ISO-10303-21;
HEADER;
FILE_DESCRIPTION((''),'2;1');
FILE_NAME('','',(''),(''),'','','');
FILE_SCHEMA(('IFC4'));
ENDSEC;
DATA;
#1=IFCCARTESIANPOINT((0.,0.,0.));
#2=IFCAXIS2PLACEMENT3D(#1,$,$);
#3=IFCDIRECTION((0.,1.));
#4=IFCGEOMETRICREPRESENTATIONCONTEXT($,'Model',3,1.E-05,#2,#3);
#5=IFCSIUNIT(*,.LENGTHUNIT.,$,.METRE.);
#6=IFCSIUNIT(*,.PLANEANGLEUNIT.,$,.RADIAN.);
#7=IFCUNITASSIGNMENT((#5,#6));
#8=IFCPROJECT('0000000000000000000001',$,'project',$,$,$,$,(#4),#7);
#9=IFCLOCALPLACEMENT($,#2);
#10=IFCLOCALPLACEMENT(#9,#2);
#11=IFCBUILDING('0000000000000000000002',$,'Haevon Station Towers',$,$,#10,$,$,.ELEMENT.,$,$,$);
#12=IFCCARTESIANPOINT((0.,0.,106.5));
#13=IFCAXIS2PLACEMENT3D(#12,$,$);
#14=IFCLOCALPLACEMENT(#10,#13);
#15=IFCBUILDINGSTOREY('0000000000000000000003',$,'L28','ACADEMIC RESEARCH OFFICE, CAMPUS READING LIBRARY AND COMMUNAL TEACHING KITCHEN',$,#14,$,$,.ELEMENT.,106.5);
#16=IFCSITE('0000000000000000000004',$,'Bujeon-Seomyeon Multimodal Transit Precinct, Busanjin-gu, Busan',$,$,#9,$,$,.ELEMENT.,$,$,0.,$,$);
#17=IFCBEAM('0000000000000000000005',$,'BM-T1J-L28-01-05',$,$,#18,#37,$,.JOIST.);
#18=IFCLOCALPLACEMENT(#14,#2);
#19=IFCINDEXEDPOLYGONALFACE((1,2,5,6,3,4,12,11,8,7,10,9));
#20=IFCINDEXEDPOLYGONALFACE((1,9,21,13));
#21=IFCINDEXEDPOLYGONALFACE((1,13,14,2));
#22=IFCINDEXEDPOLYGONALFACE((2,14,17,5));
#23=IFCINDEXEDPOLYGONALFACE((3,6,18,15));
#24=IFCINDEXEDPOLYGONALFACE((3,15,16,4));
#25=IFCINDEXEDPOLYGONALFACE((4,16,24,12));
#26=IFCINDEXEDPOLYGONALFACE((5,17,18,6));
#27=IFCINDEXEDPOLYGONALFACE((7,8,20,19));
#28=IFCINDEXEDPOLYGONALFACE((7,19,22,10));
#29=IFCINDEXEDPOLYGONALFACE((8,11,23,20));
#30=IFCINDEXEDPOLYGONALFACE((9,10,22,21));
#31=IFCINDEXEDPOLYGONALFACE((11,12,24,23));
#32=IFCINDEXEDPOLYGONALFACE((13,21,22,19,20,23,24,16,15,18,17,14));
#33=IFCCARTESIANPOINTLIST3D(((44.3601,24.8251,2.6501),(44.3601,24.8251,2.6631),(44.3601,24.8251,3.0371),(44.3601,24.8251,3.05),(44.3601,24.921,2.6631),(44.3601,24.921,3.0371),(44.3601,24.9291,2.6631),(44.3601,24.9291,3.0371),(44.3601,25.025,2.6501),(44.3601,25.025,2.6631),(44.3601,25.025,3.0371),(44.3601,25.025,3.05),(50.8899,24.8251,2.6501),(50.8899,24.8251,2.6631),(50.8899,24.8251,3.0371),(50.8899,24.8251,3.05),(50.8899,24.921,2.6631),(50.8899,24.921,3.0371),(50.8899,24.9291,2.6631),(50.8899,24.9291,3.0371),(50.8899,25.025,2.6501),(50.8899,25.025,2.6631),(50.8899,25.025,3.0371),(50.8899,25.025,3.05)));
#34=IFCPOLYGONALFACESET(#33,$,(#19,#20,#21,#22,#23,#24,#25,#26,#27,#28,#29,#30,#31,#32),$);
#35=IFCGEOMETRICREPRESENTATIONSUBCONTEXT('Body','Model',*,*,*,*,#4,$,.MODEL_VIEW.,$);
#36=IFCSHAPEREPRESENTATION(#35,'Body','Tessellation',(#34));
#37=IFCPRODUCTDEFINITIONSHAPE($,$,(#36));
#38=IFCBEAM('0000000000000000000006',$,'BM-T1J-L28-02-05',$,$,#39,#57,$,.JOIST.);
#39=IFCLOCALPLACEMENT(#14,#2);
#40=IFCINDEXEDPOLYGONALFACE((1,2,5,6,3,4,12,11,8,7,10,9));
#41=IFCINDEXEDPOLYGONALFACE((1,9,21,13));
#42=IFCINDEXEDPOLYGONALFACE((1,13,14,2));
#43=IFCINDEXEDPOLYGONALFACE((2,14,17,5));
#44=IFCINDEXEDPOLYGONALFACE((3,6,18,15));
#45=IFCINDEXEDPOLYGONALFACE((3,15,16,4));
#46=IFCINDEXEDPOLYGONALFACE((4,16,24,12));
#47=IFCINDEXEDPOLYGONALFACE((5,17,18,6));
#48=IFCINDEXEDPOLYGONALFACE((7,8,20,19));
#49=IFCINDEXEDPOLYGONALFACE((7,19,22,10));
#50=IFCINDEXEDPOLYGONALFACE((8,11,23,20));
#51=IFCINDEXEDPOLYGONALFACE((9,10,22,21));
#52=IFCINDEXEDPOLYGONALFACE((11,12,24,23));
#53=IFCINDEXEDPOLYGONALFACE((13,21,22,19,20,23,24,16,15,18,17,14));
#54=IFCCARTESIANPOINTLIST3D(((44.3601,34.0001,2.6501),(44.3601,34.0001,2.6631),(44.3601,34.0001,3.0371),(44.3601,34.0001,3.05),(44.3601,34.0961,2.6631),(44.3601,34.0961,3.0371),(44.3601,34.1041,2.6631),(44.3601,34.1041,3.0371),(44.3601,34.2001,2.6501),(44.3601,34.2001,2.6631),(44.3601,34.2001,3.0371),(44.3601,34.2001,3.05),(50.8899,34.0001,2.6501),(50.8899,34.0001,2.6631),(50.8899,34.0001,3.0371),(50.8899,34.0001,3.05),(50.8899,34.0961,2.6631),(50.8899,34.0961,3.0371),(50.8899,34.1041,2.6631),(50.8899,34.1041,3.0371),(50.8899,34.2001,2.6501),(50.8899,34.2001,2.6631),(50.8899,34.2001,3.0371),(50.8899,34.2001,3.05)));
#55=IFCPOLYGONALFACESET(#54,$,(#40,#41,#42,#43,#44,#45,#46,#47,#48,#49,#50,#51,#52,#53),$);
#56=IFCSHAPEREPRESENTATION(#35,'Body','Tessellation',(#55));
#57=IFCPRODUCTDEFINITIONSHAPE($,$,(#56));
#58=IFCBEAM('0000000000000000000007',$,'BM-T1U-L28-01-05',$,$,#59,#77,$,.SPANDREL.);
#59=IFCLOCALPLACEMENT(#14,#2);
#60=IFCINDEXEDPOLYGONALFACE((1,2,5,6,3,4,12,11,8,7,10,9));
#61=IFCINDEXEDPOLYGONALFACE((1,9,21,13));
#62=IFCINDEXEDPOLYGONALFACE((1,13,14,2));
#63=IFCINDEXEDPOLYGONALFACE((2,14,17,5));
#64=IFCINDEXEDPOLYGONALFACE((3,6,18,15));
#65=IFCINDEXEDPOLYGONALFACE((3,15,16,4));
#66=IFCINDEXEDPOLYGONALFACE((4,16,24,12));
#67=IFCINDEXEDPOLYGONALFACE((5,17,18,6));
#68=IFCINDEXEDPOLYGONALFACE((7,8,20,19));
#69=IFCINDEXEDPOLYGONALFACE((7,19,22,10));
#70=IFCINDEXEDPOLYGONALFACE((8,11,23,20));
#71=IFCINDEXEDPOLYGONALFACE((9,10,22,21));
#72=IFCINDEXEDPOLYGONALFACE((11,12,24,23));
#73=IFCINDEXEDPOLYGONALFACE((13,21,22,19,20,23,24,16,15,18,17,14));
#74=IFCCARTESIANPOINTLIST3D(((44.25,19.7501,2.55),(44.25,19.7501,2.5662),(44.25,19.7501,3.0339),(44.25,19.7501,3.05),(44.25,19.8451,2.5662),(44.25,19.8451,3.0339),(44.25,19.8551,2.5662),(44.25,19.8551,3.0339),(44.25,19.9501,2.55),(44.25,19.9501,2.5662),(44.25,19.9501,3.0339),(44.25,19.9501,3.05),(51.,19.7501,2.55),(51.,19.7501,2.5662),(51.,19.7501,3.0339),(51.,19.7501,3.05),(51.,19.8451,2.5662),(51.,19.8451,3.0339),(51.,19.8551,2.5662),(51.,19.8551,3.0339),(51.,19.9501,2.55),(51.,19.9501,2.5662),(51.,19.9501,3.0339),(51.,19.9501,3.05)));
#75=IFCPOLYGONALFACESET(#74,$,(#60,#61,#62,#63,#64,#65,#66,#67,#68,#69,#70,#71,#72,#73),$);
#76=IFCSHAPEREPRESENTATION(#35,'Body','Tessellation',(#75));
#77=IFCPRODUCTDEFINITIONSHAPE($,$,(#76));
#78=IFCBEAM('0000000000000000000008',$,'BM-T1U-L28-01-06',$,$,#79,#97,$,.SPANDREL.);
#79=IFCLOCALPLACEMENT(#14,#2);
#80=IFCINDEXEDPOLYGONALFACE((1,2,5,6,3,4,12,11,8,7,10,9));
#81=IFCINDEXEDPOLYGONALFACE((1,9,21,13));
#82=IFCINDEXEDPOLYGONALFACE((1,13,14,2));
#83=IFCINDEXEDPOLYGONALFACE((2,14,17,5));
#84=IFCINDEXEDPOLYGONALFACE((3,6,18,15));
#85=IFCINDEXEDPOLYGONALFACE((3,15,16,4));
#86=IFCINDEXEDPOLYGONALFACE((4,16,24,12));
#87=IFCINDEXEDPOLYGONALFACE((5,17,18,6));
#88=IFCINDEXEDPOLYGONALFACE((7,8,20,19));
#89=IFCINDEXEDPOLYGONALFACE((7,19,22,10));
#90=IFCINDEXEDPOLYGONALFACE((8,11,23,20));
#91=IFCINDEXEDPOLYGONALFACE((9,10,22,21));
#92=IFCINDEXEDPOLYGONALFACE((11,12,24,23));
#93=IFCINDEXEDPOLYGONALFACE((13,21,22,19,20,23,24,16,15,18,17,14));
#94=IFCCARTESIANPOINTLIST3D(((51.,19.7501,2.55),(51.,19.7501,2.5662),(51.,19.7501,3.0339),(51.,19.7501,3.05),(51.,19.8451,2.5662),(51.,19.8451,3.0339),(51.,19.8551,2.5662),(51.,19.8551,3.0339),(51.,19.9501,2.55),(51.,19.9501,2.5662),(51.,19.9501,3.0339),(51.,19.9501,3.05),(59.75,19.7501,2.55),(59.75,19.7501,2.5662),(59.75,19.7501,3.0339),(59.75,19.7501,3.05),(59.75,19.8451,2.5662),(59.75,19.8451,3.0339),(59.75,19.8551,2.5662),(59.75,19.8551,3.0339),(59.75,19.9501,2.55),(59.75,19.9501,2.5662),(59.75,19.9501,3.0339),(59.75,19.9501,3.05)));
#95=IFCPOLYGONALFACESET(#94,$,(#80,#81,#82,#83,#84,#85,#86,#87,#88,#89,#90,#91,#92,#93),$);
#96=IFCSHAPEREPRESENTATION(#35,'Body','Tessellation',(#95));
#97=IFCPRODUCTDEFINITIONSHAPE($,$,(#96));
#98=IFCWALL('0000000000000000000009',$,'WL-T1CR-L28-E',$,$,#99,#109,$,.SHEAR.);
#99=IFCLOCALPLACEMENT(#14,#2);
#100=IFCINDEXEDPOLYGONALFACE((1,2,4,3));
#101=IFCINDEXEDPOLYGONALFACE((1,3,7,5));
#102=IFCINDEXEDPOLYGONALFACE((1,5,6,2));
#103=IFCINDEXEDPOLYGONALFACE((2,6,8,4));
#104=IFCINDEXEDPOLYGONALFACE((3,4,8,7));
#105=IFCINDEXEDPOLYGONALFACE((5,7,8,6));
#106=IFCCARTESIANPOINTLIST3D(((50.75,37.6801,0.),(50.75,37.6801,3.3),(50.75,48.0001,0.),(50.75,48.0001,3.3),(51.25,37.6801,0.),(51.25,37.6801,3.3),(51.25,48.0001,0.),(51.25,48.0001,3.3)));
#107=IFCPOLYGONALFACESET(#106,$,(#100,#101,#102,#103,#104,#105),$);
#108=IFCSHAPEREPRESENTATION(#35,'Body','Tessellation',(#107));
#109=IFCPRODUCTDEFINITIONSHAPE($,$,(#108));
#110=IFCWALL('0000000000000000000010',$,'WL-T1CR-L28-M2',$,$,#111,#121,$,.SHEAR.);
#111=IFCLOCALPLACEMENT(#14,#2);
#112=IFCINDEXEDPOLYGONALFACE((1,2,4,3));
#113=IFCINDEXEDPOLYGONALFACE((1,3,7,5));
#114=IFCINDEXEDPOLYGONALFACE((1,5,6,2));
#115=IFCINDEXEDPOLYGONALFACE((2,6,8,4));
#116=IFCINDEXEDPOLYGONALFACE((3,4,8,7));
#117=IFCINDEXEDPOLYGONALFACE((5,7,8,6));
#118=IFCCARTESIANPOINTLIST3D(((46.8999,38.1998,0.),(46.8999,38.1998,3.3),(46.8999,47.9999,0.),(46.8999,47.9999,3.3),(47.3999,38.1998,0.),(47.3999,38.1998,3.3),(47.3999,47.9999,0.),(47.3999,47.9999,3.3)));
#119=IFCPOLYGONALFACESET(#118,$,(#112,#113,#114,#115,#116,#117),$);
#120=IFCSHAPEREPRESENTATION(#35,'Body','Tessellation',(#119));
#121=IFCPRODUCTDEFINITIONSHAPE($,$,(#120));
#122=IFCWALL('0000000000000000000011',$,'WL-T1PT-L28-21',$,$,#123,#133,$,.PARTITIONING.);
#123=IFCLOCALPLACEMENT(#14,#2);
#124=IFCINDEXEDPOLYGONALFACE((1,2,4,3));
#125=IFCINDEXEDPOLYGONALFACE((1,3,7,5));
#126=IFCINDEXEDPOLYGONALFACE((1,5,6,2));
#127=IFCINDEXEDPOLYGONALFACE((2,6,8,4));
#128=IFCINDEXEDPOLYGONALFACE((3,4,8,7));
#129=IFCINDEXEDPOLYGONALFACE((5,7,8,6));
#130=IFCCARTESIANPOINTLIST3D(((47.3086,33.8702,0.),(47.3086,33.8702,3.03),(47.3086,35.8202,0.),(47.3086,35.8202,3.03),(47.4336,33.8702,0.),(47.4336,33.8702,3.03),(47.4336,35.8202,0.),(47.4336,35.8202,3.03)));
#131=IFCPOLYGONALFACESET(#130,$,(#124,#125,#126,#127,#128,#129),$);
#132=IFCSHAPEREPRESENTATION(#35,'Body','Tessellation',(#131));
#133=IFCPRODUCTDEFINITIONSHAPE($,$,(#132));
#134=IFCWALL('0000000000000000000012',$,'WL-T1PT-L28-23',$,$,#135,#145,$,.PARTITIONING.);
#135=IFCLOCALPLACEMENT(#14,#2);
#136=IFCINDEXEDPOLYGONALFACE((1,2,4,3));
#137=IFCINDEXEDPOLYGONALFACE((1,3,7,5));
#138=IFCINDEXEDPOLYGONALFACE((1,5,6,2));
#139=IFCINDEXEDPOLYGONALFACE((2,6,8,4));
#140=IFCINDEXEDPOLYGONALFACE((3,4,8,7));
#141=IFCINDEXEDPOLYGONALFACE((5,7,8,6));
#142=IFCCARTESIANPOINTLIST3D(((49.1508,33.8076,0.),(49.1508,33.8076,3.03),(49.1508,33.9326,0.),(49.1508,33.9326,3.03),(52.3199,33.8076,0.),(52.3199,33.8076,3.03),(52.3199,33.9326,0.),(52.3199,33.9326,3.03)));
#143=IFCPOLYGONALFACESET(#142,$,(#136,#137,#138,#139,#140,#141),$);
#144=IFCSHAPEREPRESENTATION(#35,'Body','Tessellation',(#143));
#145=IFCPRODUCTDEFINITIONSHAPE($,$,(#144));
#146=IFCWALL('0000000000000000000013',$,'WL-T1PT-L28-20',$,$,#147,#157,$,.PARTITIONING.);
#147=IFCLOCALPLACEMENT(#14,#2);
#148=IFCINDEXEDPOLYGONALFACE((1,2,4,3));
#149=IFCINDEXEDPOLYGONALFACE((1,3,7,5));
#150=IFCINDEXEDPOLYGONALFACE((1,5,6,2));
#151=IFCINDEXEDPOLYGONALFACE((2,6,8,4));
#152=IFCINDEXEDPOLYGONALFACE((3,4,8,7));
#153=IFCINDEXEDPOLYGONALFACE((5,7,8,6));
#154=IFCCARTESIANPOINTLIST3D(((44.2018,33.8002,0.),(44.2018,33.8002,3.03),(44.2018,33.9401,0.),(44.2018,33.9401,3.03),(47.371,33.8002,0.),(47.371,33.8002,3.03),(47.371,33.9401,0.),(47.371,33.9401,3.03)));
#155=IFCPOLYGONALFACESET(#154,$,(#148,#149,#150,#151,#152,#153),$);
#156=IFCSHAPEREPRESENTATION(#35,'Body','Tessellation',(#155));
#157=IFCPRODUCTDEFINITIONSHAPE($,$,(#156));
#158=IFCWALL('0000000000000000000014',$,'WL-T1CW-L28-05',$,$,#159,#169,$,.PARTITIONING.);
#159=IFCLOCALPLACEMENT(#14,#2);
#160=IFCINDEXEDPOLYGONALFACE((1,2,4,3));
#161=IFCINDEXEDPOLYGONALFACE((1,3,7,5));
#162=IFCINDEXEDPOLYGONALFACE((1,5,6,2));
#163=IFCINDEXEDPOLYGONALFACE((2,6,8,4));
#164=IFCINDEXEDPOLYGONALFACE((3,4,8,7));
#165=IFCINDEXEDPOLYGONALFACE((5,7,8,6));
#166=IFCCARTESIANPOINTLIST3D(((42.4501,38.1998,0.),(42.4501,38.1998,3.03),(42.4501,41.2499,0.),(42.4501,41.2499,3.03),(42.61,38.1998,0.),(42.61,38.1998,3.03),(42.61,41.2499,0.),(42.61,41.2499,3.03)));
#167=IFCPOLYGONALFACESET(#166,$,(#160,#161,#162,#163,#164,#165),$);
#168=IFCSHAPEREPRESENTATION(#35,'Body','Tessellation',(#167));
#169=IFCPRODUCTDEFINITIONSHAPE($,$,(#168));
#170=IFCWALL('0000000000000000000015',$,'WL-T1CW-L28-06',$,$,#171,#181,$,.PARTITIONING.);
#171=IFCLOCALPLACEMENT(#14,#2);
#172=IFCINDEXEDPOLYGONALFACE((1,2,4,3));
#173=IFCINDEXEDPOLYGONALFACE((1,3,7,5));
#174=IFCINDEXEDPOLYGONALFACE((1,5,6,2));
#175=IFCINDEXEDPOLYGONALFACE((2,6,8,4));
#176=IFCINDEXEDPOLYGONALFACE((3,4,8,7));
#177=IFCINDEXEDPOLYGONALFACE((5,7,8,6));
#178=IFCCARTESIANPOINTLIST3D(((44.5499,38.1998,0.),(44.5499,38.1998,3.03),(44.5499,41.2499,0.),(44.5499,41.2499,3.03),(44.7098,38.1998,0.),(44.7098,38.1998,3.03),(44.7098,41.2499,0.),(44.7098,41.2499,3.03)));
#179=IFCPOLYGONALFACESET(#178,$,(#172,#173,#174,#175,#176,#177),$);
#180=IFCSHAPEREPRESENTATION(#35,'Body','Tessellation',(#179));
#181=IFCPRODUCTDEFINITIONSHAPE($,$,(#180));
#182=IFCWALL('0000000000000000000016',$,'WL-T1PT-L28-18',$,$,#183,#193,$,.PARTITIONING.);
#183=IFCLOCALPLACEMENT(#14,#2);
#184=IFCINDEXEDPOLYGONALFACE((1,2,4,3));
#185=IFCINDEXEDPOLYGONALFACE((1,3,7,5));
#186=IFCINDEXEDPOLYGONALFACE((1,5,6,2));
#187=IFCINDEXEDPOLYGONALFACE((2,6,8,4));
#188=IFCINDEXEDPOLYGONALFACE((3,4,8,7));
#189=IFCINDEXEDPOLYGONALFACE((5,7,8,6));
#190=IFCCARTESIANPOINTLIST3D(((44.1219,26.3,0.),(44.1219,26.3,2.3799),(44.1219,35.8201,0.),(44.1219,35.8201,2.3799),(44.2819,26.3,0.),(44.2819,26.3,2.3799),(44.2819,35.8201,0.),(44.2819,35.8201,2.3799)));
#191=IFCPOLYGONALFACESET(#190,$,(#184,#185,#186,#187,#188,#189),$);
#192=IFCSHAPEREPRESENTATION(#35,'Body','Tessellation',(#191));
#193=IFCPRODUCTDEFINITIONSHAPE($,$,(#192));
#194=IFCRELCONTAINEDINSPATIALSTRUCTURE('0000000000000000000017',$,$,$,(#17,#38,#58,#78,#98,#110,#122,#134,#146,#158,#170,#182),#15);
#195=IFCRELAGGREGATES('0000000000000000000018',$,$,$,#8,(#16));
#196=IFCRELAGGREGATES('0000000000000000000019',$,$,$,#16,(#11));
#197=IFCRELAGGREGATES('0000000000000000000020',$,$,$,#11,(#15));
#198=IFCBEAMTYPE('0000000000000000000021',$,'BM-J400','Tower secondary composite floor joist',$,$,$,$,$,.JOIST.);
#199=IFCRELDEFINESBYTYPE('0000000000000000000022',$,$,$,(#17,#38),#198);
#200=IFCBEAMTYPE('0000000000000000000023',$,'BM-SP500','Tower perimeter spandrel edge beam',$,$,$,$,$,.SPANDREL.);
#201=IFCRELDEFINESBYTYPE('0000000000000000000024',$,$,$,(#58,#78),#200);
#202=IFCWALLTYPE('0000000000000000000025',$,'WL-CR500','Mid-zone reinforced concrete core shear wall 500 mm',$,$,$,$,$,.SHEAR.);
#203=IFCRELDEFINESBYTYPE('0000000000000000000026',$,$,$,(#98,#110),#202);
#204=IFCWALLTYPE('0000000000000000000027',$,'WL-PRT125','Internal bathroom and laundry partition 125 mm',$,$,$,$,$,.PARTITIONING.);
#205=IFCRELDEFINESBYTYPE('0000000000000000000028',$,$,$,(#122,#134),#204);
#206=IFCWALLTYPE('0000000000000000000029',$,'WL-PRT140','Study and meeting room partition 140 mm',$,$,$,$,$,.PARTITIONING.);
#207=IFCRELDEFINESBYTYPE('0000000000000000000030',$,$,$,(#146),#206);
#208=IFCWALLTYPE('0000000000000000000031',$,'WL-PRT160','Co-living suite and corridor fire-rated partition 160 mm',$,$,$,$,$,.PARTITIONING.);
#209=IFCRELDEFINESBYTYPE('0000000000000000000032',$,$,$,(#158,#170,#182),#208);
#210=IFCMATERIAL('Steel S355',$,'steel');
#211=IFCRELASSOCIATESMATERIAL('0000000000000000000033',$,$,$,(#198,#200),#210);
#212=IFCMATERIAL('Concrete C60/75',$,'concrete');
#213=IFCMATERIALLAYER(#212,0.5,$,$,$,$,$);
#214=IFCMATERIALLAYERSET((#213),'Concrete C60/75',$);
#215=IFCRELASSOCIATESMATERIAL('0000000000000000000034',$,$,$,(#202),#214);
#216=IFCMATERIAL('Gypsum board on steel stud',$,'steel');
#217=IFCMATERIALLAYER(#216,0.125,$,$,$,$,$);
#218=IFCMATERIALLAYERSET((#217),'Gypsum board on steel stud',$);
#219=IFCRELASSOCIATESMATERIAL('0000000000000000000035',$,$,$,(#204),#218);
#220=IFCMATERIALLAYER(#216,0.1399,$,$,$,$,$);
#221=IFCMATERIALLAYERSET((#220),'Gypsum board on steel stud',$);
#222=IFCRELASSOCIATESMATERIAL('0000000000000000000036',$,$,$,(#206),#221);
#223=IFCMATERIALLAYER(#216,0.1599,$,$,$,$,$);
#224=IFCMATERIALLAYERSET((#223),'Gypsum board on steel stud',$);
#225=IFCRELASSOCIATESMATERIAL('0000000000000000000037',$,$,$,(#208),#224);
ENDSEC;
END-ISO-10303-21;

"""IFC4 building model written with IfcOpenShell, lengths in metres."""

from ifc_helpers import new_model, si_unit, direction, frame, frame_2d, origin, origin_2d, place, context, subcontext, project, spatial, rectangle, i_section, extrude, material, layer, layer_set, material_profile, profile_set, type_object, element, save


model = new_model("IFC4")

# Units and contexts
model_context = context("Model", 3, precision=1e-05, world=origin(), true_north=direction((0.0, 1.0)))
body_context = subcontext(model_context, "Body", "Model", "MODEL_VIEW")
ifc_project = project(units=[si_unit("LENGTHUNIT", "METRE"), si_unit("PLANEANGLEUNIT", "RADIAN")], contexts=[model_context])

# Site, building, storey
site_placement = place(None, origin())
site = spatial("IfcSite", under=ifc_project, at=site_placement, Name="Bujeon-Seomyeon Multimodal Transit Precinct, Busanjin-gu, Busan", CompositionType="ELEMENT", RefElevation=0.0)
building_placement = place(site_placement, origin())
building = spatial("IfcBuilding", under=site, at=building_placement, Name="Haevon Station Towers", CompositionType="ELEMENT")
storey_placement = place(building_placement, frame((0.0, 0.0, 106.5)))
storey = spatial("IfcBuildingStorey", under=building, at=storey_placement, Name="L28", Description="ACADEMIC RESEARCH OFFICE, CAMPUS READING LIBRARY AND COMMUNAL TEACHING KITCHEN", CompositionType="ELEMENT", Elevation=106.5)

# Beams
ifc_material_1 = material(Name="Steel S355", Category="steel")
ifc_material_profile_1 = material_profile(ifc_material_1, i_section(OverallWidth=0.2, OverallDepth=0.3999, WebThickness=0.0081, FlangeThickness=0.0129, at=origin_2d()), Name="H-400x200x8x13")
ifc_profile_set_1 = profile_set([ifc_material_profile_1], Name="Steel S355")
beam_type_1 = type_object("IfcBeamType", Name="BM-J400", Description="Tower secondary composite floor joist", PredefinedType="JOIST", material=ifc_profile_set_1)
for number, where, z_axis, x_axis, name in (
    (1, (44.3601, 24.925, 2.8501), (1.0, 0.0, 0.0), (0.0, 1.0, 0.0), "BM-T1J-L28-01-05"),
    (2, (44.3601, 34.1001, 2.8501), (1.0, 0.0, 0.0), (0.0, 1.0, 0.0), "BM-T1J-L28-02-05"),
):
    element("IfcBeam", number, at=place(storey_placement, frame(where, z_axis=z_axis, x_axis=x_axis)), inside=storey, type_object=beam_type_1, Name=name, PredefinedType="JOIST", context=body_context, shape_type="SweptSolid", body=[
        extrude(i_section(OverallWidth=0.2, OverallDepth=0.3999, WebThickness=0.0081, FlangeThickness=0.0129, at=origin_2d()), origin(), (0.0, 0.0, 1.0), 6.5298),
    ])
ifc_material_profile_2 = material_profile(ifc_material_1, i_section(OverallWidth=0.2, OverallDepth=0.5, WebThickness=0.01, FlangeThickness=0.0161, at=origin_2d()), Name="H-500x200x10x16")
ifc_profile_set_2 = profile_set([ifc_material_profile_2], Name="Steel S355")
beam_type_2 = type_object("IfcBeamType", Name="BM-SP500", Description="Tower perimeter spandrel edge beam", PredefinedType="SPANDREL", material=ifc_profile_set_2)
beam_1_placement = place(storey_placement, frame((44.25, 19.8501, 2.8), z_axis=(1.0, 0.0, 0.0), x_axis=(0.0, 1.0, 0.0)))
element("IfcBeam", 3, at=beam_1_placement, inside=storey, type_object=beam_type_2, Name="BM-T1U-L28-01-05", PredefinedType="SPANDREL", context=body_context, shape_type="SweptSolid", body=[
    extrude(i_section(OverallWidth=0.2, OverallDepth=0.5, WebThickness=0.01, FlangeThickness=0.0161, at=origin_2d()), origin(), (0.0, 0.0, 1.0), 6.75),
])
beam_2_placement = place(storey_placement, frame((51.0, 19.8501, 2.8), z_axis=(1.0, 0.0, 0.0), x_axis=(0.0, 1.0, 0.0)))
element("IfcBeam", 4, at=beam_2_placement, inside=storey, type_object=beam_type_2, Name="BM-T1U-L28-01-06", PredefinedType="SPANDREL", context=body_context, shape_type="SweptSolid", body=[
    extrude(i_section(OverallWidth=0.2, OverallDepth=0.5, WebThickness=0.01, FlangeThickness=0.0161, at=origin_2d()), origin(), (0.0, 0.0, 1.0), 8.75),
])

# Walls
ifc_material_2 = material(Name="Concrete C60/75", Category="concrete")
ifc_layer_1 = layer(ifc_material_2, 0.5)
ifc_layer_set_1 = layer_set([ifc_layer_1], Name="Concrete C60/75")
wall_type_1 = type_object("IfcWallType", Name="WL-CR500", Description="Mid-zone reinforced concrete core shear wall 500 mm", PredefinedType="SHEAR", material=ifc_layer_set_1)
wall_1_placement = place(storey_placement, frame((51.0, 37.6799, 0.0), z_axis=(0.0, 0.0, 1.0), x_axis=(0.0, 1.0, 0.0)))
element("IfcWall", 5, at=wall_1_placement, inside=storey, type_object=wall_type_1, Name="WL-T1CR-L28-E", PredefinedType="SHEAR", context=body_context, shape_type="SweptSolid", body=[
    extrude(rectangle(XDim=10.3201, YDim=0.5, at=frame_2d((5.1602, 0.0))), origin(), (0.0, 0.0, 1.0), 3.3),
])
wall_2_placement = place(storey_placement, frame((47.1499, 38.2, 0.0), z_axis=(0.0, 0.0, 1.0), x_axis=(0.0, 1.0, 0.0)))
element("IfcWall", 6, at=wall_2_placement, inside=storey, type_object=wall_type_1, Name="WL-T1CR-L28-M2", PredefinedType="SHEAR", context=body_context, shape_type="SweptSolid", body=[
    extrude(rectangle(XDim=9.8, YDim=0.5, at=frame_2d((4.8999, 0.0))), origin(), (0.0, 0.0, 1.0), 3.3),
])
ifc_material_3 = material(Name="Gypsum board on steel stud", Category="steel")
ifc_layer_2 = layer(ifc_material_3, 0.125)
ifc_layer_set_2 = layer_set([ifc_layer_2], Name="Gypsum board on steel stud")
wall_type_2 = type_object("IfcWallType", Name="WL-PRT125", Description="Internal bathroom and laundry partition 125 mm", PredefinedType="PARTITIONING", material=ifc_layer_set_2)
wall_3_placement = place(storey_placement, frame((47.3711, 33.8701, 0.0), z_axis=(0.0, 0.0, 1.0), x_axis=(0.0, 1.0, 0.0)))
element("IfcWall", 7, at=wall_3_placement, inside=storey, type_object=wall_type_2, Name="WL-T1PT-L28-21", PredefinedType="PARTITIONING", context=body_context, shape_type="SweptSolid", body=[
    extrude(rectangle(XDim=1.95, YDim=0.125, at=frame_2d((0.9751, 0.0))), origin(), (0.0, 0.0, 1.0), 3.03),
])
wall_4_placement = place(storey_placement, frame((49.1509, 33.8701, 0.0), z_axis=(0.0, 0.0, 1.0), x_axis=(1.0, 0.0, 0.0)))
element("IfcWall", 8, at=wall_4_placement, inside=storey, type_object=wall_type_2, Name="WL-T1PT-L28-23", PredefinedType="PARTITIONING", context=body_context, shape_type="SweptSolid", body=[
    extrude(rectangle(XDim=3.1692, YDim=0.125, at=frame_2d((1.5845, 0.0))), origin(), (0.0, 0.0, 1.0), 3.03),
])
ifc_layer_3 = layer(ifc_material_3, 0.1399)
ifc_layer_set_3 = layer_set([ifc_layer_3], Name="Gypsum board on steel stud")
wall_type_3 = type_object("IfcWallType", Name="WL-PRT140", Description="Study and meeting room partition 140 mm", PredefinedType="PARTITIONING", material=ifc_layer_set_3)
wall_5_placement = place(storey_placement, frame((44.2019, 33.8701, 0.0), z_axis=(0.0, 0.0, 1.0), x_axis=(1.0, 0.0, 0.0)))
element("IfcWall", 9, at=wall_5_placement, inside=storey, type_object=wall_type_3, Name="WL-T1PT-L28-20", PredefinedType="PARTITIONING", context=body_context, shape_type="SweptSolid", body=[
    extrude(rectangle(XDim=3.1692, YDim=0.1399, at=frame_2d((1.5845, 0.0))), origin(), (0.0, 0.0, 1.0), 3.03),
])
ifc_layer_4 = layer(ifc_material_3, 0.1599)
ifc_layer_set_4 = layer_set([ifc_layer_4], Name="Gypsum board on steel stud")
wall_type_4 = type_object("IfcWallType", Name="WL-PRT160", Description="Co-living suite and corridor fire-rated partition 160 mm", PredefinedType="PARTITIONING", material=ifc_layer_set_4)
for number, where, z_axis, x_axis, name in (
    (10, (42.53, 38.2, 0.0), (0.0, 0.0, 1.0), (0.0, 1.0, 0.0), "WL-T1CW-L28-05"),
    (11, (44.6299, 38.2, 0.0), (0.0, 0.0, 1.0), (0.0, 1.0, 0.0), "WL-T1CW-L28-06"),
):
    element("IfcWall", number, at=place(storey_placement, frame(where, z_axis=z_axis, x_axis=x_axis)), inside=storey, type_object=wall_type_4, Name=name, PredefinedType="PARTITIONING", context=body_context, shape_type="SweptSolid", body=[
        extrude(rectangle(XDim=3.05, YDim=0.1599, at=frame_2d((1.5249, 0.0))), origin(), (0.0, 0.0, 1.0), 3.03),
    ])
wall_6_placement = place(storey_placement, frame((44.2019, 26.3, 0.0), z_axis=(0.0, 0.0, 1.0), x_axis=(0.0, 1.0, 0.0)))
element("IfcWall", 12, at=wall_6_placement, inside=storey, type_object=wall_type_4, Name="WL-T1PT-L28-18", PredefinedType="PARTITIONING", context=body_context, shape_type="SweptSolid", body=[
    extrude(rectangle(XDim=9.52, YDim=0.1599, at=frame_2d((4.76, 0.0))), origin(), (0.0, 0.0, 1.0), 2.3799),
])

save(model, "model.ifc")
